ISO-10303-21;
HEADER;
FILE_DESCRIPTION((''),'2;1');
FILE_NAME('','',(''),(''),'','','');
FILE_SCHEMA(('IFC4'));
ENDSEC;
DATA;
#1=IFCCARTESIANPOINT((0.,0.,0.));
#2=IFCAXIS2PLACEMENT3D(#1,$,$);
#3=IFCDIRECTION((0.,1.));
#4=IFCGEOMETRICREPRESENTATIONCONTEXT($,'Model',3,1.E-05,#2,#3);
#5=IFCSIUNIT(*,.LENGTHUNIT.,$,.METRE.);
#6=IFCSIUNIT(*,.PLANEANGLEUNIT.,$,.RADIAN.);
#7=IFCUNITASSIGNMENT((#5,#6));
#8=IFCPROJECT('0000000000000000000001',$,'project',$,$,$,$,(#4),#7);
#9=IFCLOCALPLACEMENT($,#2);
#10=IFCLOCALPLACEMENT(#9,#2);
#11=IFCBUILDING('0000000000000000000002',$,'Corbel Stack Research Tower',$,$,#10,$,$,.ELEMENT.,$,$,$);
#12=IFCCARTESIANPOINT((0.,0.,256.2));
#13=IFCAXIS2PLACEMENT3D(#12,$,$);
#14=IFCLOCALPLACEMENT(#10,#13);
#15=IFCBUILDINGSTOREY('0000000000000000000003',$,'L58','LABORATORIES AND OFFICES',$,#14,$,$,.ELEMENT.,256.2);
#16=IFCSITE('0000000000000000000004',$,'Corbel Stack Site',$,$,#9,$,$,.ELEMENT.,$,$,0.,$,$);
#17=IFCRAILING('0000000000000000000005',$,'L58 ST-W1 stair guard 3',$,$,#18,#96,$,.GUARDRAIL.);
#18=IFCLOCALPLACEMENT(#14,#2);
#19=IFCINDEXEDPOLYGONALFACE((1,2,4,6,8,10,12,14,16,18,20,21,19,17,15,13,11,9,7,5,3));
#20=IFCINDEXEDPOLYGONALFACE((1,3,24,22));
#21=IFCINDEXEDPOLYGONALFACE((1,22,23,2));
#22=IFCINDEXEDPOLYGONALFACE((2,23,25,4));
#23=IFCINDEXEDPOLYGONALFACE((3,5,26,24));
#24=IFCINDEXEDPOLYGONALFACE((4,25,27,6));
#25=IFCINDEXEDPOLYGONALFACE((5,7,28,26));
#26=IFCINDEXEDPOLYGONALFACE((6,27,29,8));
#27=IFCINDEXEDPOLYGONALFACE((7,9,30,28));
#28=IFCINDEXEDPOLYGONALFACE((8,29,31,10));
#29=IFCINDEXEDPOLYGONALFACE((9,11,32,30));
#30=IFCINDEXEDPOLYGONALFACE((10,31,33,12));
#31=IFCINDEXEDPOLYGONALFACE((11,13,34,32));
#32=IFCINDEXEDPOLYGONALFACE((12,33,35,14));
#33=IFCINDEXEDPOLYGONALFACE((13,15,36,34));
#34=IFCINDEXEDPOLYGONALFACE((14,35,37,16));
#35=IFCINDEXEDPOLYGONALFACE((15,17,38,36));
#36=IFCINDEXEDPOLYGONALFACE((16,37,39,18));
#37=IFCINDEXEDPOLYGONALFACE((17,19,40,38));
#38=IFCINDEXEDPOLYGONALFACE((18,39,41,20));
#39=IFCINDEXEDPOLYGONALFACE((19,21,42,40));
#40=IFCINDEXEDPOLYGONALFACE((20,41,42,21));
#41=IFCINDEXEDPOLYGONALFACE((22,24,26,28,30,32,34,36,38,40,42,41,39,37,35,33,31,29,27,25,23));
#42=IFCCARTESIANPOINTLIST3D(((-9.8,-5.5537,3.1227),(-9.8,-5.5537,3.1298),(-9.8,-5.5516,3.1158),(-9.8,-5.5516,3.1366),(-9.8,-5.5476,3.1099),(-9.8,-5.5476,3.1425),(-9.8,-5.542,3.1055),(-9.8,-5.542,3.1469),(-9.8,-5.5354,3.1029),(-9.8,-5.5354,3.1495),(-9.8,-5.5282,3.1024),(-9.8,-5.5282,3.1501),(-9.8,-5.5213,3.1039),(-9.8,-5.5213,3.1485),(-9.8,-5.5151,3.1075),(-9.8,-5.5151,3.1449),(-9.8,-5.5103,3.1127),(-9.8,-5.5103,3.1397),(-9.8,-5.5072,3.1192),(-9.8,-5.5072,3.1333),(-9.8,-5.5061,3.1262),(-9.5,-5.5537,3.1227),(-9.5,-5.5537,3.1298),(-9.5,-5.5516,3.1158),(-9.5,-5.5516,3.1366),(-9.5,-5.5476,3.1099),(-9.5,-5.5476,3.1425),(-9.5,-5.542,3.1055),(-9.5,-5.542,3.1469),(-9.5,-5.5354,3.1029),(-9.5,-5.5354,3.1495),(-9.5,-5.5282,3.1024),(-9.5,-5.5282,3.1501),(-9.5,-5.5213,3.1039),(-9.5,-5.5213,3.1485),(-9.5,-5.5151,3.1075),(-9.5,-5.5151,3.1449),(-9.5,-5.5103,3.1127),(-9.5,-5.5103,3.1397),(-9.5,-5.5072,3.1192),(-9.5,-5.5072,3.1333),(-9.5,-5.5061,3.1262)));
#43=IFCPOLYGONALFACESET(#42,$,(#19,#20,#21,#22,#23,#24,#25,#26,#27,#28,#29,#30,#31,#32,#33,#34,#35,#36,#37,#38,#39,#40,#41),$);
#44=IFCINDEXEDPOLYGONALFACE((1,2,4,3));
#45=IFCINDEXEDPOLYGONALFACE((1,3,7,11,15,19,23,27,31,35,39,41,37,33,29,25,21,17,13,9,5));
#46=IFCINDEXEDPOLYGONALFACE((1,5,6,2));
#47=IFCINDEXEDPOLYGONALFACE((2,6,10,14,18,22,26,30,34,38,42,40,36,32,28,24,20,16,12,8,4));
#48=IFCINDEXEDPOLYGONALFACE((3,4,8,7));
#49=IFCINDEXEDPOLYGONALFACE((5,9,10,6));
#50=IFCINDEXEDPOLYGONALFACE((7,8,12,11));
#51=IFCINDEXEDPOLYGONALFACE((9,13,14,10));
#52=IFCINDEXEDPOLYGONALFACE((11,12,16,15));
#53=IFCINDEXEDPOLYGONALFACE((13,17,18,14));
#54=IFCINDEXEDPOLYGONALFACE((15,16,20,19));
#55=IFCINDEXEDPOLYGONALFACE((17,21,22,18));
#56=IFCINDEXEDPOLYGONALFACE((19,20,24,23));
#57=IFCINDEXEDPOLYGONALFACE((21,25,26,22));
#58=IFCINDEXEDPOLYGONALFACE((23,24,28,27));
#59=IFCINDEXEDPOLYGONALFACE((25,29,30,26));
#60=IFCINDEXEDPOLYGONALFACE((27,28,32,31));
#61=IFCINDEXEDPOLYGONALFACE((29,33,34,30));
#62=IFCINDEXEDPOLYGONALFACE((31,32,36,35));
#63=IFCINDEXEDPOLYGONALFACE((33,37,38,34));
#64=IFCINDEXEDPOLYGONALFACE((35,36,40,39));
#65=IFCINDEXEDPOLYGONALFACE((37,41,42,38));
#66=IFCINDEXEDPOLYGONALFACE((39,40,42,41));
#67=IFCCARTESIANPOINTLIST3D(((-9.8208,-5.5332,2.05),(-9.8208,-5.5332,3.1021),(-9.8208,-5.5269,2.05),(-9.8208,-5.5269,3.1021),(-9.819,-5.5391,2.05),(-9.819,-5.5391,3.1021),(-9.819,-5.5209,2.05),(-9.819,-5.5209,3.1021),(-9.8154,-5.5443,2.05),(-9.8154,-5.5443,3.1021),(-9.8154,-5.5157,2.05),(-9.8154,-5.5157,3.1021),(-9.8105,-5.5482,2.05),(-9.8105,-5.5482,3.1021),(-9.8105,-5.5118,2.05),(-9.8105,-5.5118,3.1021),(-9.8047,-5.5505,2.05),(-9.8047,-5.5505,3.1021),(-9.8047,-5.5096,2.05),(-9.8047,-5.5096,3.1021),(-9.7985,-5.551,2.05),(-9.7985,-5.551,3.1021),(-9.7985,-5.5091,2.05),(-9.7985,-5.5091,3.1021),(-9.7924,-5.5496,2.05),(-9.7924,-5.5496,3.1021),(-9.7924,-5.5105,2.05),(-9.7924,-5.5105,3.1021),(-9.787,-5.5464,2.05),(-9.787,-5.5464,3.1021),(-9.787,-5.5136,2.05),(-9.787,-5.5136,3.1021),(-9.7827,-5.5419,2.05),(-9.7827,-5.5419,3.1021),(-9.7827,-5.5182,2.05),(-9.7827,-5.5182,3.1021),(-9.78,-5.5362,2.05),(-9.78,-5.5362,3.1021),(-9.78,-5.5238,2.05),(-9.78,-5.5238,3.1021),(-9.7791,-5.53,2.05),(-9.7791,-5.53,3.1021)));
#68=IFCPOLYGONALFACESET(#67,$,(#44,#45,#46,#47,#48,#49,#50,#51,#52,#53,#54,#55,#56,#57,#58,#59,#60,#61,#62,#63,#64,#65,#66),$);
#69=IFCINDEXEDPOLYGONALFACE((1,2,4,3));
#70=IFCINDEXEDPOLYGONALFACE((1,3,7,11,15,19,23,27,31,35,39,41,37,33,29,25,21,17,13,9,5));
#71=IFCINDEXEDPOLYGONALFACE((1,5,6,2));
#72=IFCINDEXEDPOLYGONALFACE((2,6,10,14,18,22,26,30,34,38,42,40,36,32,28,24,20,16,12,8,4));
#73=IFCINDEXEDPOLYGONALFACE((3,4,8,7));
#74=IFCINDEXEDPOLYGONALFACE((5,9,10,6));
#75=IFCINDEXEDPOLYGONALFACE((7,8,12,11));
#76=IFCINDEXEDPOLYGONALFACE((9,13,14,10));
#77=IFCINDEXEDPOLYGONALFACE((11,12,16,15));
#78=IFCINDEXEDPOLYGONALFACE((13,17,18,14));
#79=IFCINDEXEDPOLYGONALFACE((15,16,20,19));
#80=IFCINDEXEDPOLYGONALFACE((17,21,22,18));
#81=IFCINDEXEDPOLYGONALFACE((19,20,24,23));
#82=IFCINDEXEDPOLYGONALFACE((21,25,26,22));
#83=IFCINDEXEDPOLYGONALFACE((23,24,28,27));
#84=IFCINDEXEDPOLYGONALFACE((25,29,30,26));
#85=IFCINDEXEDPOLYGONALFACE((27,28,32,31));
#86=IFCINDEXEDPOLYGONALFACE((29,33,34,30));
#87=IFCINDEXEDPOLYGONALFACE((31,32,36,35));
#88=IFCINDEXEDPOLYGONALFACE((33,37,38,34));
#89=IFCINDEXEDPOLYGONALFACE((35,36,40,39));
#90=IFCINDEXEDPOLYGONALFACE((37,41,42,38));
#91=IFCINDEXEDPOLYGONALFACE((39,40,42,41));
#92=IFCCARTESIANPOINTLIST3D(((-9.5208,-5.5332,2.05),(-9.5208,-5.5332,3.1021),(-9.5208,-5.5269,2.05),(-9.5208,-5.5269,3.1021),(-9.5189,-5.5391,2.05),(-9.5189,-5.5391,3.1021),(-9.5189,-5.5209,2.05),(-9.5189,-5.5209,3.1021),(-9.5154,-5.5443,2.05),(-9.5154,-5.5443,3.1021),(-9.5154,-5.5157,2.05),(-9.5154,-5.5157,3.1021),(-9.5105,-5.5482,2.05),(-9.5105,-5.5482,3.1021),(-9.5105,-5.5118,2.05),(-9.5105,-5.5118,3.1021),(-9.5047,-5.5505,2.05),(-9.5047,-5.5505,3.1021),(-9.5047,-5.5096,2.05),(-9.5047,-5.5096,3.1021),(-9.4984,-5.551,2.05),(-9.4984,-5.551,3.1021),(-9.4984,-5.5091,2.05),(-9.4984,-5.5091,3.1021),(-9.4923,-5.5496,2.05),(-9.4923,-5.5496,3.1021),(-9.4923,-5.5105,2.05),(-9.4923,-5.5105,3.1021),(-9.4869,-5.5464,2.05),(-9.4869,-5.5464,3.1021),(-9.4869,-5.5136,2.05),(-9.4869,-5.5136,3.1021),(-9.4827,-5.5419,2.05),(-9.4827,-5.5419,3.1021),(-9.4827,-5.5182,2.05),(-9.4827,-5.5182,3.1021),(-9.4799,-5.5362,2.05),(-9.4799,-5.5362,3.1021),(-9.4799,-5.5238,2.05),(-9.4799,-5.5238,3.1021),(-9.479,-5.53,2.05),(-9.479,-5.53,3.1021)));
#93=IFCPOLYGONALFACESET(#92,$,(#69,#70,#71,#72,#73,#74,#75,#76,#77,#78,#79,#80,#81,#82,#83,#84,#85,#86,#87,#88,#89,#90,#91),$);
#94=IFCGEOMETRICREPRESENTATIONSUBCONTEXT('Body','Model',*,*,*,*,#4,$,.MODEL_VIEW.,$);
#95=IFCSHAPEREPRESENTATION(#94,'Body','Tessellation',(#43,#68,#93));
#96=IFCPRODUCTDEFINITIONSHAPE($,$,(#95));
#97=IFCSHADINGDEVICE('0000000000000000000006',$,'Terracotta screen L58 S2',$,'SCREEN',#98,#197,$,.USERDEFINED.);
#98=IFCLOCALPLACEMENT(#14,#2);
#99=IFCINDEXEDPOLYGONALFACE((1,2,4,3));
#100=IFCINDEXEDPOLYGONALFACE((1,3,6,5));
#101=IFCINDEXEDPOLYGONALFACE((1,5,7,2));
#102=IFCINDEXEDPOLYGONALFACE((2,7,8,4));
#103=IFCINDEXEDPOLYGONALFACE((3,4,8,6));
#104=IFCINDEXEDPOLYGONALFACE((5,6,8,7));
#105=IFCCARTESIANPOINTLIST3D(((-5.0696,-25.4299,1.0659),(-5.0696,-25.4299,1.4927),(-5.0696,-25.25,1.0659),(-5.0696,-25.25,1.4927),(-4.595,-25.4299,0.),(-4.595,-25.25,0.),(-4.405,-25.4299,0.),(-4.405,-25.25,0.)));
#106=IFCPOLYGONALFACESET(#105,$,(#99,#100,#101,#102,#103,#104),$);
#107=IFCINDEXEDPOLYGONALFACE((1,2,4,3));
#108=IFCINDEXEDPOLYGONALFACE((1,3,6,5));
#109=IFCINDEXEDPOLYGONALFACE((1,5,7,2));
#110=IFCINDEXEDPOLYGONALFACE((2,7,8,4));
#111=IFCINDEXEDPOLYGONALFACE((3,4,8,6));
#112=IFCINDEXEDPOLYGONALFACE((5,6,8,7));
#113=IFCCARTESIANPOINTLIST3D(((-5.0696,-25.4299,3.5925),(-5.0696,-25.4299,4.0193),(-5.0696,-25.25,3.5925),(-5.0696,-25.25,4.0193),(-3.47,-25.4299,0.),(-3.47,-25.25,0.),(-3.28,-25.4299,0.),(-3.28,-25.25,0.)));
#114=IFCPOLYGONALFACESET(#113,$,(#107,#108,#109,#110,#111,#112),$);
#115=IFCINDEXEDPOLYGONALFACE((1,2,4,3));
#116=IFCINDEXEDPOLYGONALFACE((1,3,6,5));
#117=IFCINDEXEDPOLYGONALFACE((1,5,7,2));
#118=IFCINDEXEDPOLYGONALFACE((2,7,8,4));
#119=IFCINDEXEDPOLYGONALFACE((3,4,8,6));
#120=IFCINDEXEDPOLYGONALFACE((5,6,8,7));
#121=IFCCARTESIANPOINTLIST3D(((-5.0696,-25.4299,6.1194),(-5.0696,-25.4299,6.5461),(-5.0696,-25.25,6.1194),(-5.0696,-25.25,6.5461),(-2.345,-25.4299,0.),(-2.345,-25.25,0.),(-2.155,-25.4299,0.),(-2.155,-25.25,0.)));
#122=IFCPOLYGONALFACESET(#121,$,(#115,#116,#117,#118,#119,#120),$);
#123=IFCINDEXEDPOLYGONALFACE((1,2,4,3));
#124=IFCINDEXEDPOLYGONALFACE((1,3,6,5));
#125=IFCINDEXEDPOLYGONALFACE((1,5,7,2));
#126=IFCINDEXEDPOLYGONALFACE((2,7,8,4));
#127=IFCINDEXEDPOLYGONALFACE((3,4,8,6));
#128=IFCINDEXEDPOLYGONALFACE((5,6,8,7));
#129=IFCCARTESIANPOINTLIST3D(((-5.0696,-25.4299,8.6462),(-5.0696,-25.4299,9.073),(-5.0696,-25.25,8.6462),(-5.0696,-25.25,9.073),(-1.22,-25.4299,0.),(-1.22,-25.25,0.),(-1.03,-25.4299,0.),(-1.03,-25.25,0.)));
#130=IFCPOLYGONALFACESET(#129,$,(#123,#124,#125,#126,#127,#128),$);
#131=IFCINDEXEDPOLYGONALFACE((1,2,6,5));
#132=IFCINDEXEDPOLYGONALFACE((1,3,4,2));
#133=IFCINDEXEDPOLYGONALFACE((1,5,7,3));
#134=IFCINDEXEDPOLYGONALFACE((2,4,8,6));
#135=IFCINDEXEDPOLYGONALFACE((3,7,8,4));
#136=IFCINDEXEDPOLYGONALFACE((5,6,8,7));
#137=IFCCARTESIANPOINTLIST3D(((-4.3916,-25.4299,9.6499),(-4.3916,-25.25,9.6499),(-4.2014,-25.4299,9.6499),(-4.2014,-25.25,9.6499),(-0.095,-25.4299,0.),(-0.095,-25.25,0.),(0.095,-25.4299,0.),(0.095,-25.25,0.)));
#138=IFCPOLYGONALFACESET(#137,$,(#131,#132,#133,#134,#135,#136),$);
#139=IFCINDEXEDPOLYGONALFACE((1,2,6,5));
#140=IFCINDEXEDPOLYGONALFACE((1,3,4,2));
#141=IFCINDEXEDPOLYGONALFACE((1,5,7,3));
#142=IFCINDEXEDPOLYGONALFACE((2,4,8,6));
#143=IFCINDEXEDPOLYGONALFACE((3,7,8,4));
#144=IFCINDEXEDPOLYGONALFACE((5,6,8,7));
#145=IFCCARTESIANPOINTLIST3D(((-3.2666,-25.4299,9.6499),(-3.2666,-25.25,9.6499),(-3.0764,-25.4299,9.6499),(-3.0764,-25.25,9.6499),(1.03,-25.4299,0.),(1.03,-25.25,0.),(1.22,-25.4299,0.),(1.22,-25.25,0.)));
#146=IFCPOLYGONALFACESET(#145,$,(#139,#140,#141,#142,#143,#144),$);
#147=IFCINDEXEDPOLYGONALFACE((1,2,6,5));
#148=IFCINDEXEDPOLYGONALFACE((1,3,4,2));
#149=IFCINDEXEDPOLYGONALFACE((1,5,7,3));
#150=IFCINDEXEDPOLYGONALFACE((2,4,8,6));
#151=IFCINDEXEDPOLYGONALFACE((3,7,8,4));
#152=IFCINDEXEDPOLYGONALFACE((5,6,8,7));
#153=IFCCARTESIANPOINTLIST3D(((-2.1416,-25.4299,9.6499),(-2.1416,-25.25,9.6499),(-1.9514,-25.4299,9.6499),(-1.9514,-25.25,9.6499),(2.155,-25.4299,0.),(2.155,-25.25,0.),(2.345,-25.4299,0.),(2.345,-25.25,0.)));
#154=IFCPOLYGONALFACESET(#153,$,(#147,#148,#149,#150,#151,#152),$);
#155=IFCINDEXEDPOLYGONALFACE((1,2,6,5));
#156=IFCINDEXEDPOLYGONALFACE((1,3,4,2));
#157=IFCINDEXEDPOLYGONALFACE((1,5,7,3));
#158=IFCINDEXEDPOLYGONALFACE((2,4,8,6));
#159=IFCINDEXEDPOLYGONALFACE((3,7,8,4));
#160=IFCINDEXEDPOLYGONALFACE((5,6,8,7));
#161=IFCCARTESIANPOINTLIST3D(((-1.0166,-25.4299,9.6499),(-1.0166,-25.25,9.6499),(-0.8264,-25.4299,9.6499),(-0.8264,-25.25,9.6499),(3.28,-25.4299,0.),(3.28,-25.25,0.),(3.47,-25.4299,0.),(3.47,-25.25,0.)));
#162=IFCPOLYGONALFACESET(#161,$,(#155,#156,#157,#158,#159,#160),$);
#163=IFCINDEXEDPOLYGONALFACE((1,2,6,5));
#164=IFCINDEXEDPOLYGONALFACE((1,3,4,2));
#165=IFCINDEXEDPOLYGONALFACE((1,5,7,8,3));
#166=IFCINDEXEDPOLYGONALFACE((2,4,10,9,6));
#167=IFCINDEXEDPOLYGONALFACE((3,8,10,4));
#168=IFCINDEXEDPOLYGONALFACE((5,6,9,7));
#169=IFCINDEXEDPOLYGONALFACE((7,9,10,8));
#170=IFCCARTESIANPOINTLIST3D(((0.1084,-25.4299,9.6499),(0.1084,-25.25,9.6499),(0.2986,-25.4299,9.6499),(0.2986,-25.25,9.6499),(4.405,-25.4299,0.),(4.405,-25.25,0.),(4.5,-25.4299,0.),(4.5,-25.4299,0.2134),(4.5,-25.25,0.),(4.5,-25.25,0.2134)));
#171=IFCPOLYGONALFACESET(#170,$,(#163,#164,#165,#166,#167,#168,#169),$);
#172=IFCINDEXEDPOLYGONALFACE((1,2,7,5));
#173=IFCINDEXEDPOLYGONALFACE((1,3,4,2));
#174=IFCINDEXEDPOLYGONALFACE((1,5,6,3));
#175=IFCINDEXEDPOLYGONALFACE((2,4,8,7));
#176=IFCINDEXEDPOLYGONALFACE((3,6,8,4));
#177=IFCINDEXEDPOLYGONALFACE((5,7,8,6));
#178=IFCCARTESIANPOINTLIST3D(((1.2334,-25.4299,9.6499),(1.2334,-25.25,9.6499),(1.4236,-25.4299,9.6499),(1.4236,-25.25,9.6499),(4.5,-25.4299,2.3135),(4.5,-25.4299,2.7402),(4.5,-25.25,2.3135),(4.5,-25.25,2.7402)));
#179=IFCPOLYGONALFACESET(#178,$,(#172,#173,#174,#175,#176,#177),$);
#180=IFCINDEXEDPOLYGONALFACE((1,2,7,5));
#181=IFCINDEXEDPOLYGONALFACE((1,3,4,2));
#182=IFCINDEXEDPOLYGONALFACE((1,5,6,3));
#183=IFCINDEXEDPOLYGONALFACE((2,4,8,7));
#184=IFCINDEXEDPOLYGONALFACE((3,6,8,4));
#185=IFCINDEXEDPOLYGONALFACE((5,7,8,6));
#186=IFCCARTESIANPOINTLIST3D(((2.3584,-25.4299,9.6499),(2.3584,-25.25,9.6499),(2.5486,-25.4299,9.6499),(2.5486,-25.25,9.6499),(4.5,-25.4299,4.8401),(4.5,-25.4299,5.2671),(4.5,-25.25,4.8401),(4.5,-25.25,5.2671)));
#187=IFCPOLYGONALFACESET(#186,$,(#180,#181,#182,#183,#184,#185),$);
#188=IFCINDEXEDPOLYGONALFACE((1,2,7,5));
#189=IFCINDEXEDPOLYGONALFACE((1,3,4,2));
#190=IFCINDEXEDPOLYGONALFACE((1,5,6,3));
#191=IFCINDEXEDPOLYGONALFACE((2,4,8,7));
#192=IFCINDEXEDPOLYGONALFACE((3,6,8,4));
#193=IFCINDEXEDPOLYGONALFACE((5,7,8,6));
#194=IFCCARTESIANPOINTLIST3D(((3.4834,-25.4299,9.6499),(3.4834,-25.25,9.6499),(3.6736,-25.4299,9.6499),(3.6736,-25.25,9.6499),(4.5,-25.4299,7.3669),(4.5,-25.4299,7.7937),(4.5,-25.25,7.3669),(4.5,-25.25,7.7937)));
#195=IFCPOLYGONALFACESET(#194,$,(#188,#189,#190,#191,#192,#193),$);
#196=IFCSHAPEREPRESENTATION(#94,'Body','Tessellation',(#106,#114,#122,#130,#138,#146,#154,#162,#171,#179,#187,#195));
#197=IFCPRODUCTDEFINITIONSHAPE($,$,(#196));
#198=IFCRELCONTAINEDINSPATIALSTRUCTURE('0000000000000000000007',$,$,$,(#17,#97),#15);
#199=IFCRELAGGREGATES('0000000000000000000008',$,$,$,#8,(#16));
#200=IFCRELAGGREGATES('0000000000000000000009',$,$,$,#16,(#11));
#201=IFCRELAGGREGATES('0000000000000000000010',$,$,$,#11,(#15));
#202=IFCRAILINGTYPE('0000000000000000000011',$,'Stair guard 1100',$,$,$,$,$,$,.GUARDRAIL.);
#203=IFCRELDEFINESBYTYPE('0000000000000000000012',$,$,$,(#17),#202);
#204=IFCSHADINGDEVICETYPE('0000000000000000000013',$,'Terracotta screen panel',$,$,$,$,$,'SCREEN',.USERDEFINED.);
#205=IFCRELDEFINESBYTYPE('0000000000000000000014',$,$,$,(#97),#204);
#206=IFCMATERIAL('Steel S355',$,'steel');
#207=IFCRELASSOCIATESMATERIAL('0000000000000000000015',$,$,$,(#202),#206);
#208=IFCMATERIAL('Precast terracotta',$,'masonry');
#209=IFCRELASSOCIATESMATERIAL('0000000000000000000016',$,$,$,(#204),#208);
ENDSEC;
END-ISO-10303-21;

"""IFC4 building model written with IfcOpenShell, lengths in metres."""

from ifc_helpers import new_model, si_unit, direction, frame, origin, origin_2d, place, context, subcontext, project, spatial, polyline, circle, outline, extrude, source, transform, mapped, material, type_object, element, save


model = new_model("IFC4")

# Units and contexts
model_context = context("Model", 3, precision=1e-05, world=origin(), true_north=direction((0.0, 1.0)))
body_context = subcontext(model_context, "Body", "Model", "MODEL_VIEW")
ifc_project = project(units=[si_unit("LENGTHUNIT", "METRE"), si_unit("PLANEANGLEUNIT", "RADIAN")], contexts=[model_context])

# Site, building, storey
site_placement = place(None, origin())
site = spatial("IfcSite", under=ifc_project, at=site_placement, Name="Corbel Stack Site", CompositionType="ELEMENT", RefElevation=0.0)
building_placement = place(site_placement, origin())
building = spatial("IfcBuilding", under=site, at=building_placement, Name="Corbel Stack Research Tower", CompositionType="ELEMENT")
storey_placement = place(building_placement, frame((0.0, 0.0, 256.2)))
storey = spatial("IfcBuildingStorey", under=building, at=storey_placement, Name="L58", Description="LABORATORIES AND OFFICES", CompositionType="ELEMENT", Elevation=256.2)

# Railing
ifc_material_1 = material(Name="Steel S355", Category="steel")
railing_type = type_object("IfcRailingType", Name="Stair guard 1100", PredefinedType="GUARDRAIL", material=ifc_material_1)
railing_placement = place(storey_placement, frame((-9.8, -5.53, 2.05)))
element("IfcRailing", 1, at=railing_placement, inside=storey, type_object=railing_type, Name="L58 ST-W1 stair guard 3", PredefinedType="GUARDRAIL", context=body_context, shape_type="SweptSolid", body=[
    extrude(circle(Radius=0.0239, at=origin_2d()), frame((0.0, 0.0, 1.0762), z_axis=(1.0, 0.0, 0.0), x_axis=(0.0, 1.0, 0.0)), (0.0, 0.0, 1.0), 0.3),
    extrude(circle(Radius=0.021, at=origin_2d()), origin(), (0.0, 0.0, 1.0), 1.052),
    extrude(circle(Radius=0.021, at=origin_2d()), frame((0.3, 0.0, 0.0)), (0.0, 0.0, 1.0), 1.052),
])

# Shading device
ifc_material_2 = material(Name="Precast terracotta", Category="masonry")
shading_device_type = type_object("IfcShadingDeviceType", Name="Terracotta screen panel", ElementType="SCREEN", PredefinedType="USERDEFINED", material=ifc_material_2)
shared_shape = source(origin(), body_context, "Body", "SweptSolid", [
    extrude(outline(polyline([(0.6646, 0.0), (0.0, 1.4927), (0.0, 1.0659), (0.4746, 0.0), (0.6646, 0.0)])), frame((0.0, 0.0, 0.0), z_axis=(0.0, -1.0, 0.0), x_axis=(1.0, 0.0, 0.0)), (0.0, 0.0, 1.0), 0.1799),
    extrude(outline(polyline([(1.7896, 0.0), (0.0, 4.0193), (0.0, 3.5925), (1.5996, 0.0), (1.7896, 0.0)])), frame((0.0, 0.0, 0.0), z_axis=(0.0, -1.0, 0.0), x_axis=(1.0, 0.0, 0.0)), (0.0, 0.0, 1.0), 0.1799),
    extrude(outline(polyline([(2.9146, 0.0), (0.0, 6.5461), (0.0, 6.1194), (2.7246, 0.0), (2.9146, 0.0)])), frame((0.0, 0.0, 0.0), z_axis=(0.0, -1.0, 0.0), x_axis=(1.0, 0.0, 0.0)), (0.0, 0.0, 1.0), 0.1799),
    extrude(outline(polyline([(4.0396, 0.0), (0.0, 9.073), (0.0, 8.6462), (3.8496, 0.0), (4.0396, 0.0)])), frame((0.0, 0.0, 0.0), z_axis=(0.0, -1.0, 0.0), x_axis=(1.0, 0.0, 0.0)), (0.0, 0.0, 1.0), 0.1799),
    extrude(outline(polyline([(5.1646, 0.0), (0.8682, 9.6499), (0.678, 9.6499), (4.9746, 0.0), (5.1646, 0.0)])), frame((0.0, 0.0, 0.0), z_axis=(0.0, -1.0, 0.0), x_axis=(1.0, 0.0, 0.0)), (0.0, 0.0, 1.0), 0.1799),
    extrude(outline(polyline([(6.2896, 0.0), (1.9932, 9.6499), (1.803, 9.6499), (6.0996, 0.0), (6.2896, 0.0)])), frame((0.0, 0.0, 0.0), z_axis=(0.0, -1.0, 0.0), x_axis=(1.0, 0.0, 0.0)), (0.0, 0.0, 1.0), 0.1799),
    extrude(outline(polyline([(7.4146, 0.0), (3.1182, 9.6499), (2.928, 9.6499), (7.2246, 0.0), (7.4146, 0.0)])), frame((0.0, 0.0, 0.0), z_axis=(0.0, -1.0, 0.0), x_axis=(1.0, 0.0, 0.0)), (0.0, 0.0, 1.0), 0.1799),
    extrude(outline(polyline([(8.5396, 0.0), (4.2432, 9.6499), (4.053, 9.6499), (8.3496, 0.0), (8.5396, 0.0)])), frame((0.0, 0.0, 0.0), z_axis=(0.0, -1.0, 0.0), x_axis=(1.0, 0.0, 0.0)), (0.0, 0.0, 1.0), 0.1799),
    extrude(outline(polyline([(9.5696, 0.0), (9.5696, 0.2134), (5.3682, 9.6499), (5.178, 9.6499), (9.4746, 0.0), (9.5696, 0.0)])), frame((0.0, 0.0, 0.0), z_axis=(0.0, -1.0, 0.0), x_axis=(1.0, 0.0, 0.0)), (0.0, 0.0, 1.0), 0.1799),
    extrude(outline(polyline([(6.4932, 9.6499), (6.303, 9.6499), (9.5696, 2.3135), (9.5696, 2.7402), (6.4932, 9.6499)])), frame((0.0, 0.0, 0.0), z_axis=(0.0, -1.0, 0.0), x_axis=(1.0, 0.0, 0.0)), (0.0, 0.0, 1.0), 0.1799),
    extrude(outline(polyline([(7.6182, 9.6499), (7.428, 9.6499), (9.5696, 4.8401), (9.5696, 5.2671), (7.6182, 9.6499)])), frame((0.0, 0.0, 0.0), z_axis=(0.0, -1.0, 0.0), x_axis=(1.0, 0.0, 0.0)), (0.0, 0.0, 1.0), 0.1799),
    extrude(outline(polyline([(8.7432, 9.6499), (8.553, 9.6499), (9.5696, 7.3669), (9.5696, 7.7937), (8.7432, 9.6499)])), frame((0.0, 0.0, 0.0), z_axis=(0.0, -1.0, 0.0), x_axis=(1.0, 0.0, 0.0)), (0.0, 0.0, 1.0), 0.1799),
])
shading_device_placement = place(storey_placement, frame((-5.0696, -25.25, 0.0), z_axis=(0.0, 0.0, 1.0), x_axis=(1.0, 0.0, 0.0)))
element("IfcShadingDevice", 2, at=shading_device_placement, inside=storey, type_object=shading_device_type, Name="Terracotta screen L58 S2", ObjectType="SCREEN", PredefinedType="USERDEFINED", context=body_context, shape_type="MappedRepresentation", body=[
    mapped(shared_shape, transform((0.0, 0.0, 0.0))),
])

save(model, "model.ifc")
